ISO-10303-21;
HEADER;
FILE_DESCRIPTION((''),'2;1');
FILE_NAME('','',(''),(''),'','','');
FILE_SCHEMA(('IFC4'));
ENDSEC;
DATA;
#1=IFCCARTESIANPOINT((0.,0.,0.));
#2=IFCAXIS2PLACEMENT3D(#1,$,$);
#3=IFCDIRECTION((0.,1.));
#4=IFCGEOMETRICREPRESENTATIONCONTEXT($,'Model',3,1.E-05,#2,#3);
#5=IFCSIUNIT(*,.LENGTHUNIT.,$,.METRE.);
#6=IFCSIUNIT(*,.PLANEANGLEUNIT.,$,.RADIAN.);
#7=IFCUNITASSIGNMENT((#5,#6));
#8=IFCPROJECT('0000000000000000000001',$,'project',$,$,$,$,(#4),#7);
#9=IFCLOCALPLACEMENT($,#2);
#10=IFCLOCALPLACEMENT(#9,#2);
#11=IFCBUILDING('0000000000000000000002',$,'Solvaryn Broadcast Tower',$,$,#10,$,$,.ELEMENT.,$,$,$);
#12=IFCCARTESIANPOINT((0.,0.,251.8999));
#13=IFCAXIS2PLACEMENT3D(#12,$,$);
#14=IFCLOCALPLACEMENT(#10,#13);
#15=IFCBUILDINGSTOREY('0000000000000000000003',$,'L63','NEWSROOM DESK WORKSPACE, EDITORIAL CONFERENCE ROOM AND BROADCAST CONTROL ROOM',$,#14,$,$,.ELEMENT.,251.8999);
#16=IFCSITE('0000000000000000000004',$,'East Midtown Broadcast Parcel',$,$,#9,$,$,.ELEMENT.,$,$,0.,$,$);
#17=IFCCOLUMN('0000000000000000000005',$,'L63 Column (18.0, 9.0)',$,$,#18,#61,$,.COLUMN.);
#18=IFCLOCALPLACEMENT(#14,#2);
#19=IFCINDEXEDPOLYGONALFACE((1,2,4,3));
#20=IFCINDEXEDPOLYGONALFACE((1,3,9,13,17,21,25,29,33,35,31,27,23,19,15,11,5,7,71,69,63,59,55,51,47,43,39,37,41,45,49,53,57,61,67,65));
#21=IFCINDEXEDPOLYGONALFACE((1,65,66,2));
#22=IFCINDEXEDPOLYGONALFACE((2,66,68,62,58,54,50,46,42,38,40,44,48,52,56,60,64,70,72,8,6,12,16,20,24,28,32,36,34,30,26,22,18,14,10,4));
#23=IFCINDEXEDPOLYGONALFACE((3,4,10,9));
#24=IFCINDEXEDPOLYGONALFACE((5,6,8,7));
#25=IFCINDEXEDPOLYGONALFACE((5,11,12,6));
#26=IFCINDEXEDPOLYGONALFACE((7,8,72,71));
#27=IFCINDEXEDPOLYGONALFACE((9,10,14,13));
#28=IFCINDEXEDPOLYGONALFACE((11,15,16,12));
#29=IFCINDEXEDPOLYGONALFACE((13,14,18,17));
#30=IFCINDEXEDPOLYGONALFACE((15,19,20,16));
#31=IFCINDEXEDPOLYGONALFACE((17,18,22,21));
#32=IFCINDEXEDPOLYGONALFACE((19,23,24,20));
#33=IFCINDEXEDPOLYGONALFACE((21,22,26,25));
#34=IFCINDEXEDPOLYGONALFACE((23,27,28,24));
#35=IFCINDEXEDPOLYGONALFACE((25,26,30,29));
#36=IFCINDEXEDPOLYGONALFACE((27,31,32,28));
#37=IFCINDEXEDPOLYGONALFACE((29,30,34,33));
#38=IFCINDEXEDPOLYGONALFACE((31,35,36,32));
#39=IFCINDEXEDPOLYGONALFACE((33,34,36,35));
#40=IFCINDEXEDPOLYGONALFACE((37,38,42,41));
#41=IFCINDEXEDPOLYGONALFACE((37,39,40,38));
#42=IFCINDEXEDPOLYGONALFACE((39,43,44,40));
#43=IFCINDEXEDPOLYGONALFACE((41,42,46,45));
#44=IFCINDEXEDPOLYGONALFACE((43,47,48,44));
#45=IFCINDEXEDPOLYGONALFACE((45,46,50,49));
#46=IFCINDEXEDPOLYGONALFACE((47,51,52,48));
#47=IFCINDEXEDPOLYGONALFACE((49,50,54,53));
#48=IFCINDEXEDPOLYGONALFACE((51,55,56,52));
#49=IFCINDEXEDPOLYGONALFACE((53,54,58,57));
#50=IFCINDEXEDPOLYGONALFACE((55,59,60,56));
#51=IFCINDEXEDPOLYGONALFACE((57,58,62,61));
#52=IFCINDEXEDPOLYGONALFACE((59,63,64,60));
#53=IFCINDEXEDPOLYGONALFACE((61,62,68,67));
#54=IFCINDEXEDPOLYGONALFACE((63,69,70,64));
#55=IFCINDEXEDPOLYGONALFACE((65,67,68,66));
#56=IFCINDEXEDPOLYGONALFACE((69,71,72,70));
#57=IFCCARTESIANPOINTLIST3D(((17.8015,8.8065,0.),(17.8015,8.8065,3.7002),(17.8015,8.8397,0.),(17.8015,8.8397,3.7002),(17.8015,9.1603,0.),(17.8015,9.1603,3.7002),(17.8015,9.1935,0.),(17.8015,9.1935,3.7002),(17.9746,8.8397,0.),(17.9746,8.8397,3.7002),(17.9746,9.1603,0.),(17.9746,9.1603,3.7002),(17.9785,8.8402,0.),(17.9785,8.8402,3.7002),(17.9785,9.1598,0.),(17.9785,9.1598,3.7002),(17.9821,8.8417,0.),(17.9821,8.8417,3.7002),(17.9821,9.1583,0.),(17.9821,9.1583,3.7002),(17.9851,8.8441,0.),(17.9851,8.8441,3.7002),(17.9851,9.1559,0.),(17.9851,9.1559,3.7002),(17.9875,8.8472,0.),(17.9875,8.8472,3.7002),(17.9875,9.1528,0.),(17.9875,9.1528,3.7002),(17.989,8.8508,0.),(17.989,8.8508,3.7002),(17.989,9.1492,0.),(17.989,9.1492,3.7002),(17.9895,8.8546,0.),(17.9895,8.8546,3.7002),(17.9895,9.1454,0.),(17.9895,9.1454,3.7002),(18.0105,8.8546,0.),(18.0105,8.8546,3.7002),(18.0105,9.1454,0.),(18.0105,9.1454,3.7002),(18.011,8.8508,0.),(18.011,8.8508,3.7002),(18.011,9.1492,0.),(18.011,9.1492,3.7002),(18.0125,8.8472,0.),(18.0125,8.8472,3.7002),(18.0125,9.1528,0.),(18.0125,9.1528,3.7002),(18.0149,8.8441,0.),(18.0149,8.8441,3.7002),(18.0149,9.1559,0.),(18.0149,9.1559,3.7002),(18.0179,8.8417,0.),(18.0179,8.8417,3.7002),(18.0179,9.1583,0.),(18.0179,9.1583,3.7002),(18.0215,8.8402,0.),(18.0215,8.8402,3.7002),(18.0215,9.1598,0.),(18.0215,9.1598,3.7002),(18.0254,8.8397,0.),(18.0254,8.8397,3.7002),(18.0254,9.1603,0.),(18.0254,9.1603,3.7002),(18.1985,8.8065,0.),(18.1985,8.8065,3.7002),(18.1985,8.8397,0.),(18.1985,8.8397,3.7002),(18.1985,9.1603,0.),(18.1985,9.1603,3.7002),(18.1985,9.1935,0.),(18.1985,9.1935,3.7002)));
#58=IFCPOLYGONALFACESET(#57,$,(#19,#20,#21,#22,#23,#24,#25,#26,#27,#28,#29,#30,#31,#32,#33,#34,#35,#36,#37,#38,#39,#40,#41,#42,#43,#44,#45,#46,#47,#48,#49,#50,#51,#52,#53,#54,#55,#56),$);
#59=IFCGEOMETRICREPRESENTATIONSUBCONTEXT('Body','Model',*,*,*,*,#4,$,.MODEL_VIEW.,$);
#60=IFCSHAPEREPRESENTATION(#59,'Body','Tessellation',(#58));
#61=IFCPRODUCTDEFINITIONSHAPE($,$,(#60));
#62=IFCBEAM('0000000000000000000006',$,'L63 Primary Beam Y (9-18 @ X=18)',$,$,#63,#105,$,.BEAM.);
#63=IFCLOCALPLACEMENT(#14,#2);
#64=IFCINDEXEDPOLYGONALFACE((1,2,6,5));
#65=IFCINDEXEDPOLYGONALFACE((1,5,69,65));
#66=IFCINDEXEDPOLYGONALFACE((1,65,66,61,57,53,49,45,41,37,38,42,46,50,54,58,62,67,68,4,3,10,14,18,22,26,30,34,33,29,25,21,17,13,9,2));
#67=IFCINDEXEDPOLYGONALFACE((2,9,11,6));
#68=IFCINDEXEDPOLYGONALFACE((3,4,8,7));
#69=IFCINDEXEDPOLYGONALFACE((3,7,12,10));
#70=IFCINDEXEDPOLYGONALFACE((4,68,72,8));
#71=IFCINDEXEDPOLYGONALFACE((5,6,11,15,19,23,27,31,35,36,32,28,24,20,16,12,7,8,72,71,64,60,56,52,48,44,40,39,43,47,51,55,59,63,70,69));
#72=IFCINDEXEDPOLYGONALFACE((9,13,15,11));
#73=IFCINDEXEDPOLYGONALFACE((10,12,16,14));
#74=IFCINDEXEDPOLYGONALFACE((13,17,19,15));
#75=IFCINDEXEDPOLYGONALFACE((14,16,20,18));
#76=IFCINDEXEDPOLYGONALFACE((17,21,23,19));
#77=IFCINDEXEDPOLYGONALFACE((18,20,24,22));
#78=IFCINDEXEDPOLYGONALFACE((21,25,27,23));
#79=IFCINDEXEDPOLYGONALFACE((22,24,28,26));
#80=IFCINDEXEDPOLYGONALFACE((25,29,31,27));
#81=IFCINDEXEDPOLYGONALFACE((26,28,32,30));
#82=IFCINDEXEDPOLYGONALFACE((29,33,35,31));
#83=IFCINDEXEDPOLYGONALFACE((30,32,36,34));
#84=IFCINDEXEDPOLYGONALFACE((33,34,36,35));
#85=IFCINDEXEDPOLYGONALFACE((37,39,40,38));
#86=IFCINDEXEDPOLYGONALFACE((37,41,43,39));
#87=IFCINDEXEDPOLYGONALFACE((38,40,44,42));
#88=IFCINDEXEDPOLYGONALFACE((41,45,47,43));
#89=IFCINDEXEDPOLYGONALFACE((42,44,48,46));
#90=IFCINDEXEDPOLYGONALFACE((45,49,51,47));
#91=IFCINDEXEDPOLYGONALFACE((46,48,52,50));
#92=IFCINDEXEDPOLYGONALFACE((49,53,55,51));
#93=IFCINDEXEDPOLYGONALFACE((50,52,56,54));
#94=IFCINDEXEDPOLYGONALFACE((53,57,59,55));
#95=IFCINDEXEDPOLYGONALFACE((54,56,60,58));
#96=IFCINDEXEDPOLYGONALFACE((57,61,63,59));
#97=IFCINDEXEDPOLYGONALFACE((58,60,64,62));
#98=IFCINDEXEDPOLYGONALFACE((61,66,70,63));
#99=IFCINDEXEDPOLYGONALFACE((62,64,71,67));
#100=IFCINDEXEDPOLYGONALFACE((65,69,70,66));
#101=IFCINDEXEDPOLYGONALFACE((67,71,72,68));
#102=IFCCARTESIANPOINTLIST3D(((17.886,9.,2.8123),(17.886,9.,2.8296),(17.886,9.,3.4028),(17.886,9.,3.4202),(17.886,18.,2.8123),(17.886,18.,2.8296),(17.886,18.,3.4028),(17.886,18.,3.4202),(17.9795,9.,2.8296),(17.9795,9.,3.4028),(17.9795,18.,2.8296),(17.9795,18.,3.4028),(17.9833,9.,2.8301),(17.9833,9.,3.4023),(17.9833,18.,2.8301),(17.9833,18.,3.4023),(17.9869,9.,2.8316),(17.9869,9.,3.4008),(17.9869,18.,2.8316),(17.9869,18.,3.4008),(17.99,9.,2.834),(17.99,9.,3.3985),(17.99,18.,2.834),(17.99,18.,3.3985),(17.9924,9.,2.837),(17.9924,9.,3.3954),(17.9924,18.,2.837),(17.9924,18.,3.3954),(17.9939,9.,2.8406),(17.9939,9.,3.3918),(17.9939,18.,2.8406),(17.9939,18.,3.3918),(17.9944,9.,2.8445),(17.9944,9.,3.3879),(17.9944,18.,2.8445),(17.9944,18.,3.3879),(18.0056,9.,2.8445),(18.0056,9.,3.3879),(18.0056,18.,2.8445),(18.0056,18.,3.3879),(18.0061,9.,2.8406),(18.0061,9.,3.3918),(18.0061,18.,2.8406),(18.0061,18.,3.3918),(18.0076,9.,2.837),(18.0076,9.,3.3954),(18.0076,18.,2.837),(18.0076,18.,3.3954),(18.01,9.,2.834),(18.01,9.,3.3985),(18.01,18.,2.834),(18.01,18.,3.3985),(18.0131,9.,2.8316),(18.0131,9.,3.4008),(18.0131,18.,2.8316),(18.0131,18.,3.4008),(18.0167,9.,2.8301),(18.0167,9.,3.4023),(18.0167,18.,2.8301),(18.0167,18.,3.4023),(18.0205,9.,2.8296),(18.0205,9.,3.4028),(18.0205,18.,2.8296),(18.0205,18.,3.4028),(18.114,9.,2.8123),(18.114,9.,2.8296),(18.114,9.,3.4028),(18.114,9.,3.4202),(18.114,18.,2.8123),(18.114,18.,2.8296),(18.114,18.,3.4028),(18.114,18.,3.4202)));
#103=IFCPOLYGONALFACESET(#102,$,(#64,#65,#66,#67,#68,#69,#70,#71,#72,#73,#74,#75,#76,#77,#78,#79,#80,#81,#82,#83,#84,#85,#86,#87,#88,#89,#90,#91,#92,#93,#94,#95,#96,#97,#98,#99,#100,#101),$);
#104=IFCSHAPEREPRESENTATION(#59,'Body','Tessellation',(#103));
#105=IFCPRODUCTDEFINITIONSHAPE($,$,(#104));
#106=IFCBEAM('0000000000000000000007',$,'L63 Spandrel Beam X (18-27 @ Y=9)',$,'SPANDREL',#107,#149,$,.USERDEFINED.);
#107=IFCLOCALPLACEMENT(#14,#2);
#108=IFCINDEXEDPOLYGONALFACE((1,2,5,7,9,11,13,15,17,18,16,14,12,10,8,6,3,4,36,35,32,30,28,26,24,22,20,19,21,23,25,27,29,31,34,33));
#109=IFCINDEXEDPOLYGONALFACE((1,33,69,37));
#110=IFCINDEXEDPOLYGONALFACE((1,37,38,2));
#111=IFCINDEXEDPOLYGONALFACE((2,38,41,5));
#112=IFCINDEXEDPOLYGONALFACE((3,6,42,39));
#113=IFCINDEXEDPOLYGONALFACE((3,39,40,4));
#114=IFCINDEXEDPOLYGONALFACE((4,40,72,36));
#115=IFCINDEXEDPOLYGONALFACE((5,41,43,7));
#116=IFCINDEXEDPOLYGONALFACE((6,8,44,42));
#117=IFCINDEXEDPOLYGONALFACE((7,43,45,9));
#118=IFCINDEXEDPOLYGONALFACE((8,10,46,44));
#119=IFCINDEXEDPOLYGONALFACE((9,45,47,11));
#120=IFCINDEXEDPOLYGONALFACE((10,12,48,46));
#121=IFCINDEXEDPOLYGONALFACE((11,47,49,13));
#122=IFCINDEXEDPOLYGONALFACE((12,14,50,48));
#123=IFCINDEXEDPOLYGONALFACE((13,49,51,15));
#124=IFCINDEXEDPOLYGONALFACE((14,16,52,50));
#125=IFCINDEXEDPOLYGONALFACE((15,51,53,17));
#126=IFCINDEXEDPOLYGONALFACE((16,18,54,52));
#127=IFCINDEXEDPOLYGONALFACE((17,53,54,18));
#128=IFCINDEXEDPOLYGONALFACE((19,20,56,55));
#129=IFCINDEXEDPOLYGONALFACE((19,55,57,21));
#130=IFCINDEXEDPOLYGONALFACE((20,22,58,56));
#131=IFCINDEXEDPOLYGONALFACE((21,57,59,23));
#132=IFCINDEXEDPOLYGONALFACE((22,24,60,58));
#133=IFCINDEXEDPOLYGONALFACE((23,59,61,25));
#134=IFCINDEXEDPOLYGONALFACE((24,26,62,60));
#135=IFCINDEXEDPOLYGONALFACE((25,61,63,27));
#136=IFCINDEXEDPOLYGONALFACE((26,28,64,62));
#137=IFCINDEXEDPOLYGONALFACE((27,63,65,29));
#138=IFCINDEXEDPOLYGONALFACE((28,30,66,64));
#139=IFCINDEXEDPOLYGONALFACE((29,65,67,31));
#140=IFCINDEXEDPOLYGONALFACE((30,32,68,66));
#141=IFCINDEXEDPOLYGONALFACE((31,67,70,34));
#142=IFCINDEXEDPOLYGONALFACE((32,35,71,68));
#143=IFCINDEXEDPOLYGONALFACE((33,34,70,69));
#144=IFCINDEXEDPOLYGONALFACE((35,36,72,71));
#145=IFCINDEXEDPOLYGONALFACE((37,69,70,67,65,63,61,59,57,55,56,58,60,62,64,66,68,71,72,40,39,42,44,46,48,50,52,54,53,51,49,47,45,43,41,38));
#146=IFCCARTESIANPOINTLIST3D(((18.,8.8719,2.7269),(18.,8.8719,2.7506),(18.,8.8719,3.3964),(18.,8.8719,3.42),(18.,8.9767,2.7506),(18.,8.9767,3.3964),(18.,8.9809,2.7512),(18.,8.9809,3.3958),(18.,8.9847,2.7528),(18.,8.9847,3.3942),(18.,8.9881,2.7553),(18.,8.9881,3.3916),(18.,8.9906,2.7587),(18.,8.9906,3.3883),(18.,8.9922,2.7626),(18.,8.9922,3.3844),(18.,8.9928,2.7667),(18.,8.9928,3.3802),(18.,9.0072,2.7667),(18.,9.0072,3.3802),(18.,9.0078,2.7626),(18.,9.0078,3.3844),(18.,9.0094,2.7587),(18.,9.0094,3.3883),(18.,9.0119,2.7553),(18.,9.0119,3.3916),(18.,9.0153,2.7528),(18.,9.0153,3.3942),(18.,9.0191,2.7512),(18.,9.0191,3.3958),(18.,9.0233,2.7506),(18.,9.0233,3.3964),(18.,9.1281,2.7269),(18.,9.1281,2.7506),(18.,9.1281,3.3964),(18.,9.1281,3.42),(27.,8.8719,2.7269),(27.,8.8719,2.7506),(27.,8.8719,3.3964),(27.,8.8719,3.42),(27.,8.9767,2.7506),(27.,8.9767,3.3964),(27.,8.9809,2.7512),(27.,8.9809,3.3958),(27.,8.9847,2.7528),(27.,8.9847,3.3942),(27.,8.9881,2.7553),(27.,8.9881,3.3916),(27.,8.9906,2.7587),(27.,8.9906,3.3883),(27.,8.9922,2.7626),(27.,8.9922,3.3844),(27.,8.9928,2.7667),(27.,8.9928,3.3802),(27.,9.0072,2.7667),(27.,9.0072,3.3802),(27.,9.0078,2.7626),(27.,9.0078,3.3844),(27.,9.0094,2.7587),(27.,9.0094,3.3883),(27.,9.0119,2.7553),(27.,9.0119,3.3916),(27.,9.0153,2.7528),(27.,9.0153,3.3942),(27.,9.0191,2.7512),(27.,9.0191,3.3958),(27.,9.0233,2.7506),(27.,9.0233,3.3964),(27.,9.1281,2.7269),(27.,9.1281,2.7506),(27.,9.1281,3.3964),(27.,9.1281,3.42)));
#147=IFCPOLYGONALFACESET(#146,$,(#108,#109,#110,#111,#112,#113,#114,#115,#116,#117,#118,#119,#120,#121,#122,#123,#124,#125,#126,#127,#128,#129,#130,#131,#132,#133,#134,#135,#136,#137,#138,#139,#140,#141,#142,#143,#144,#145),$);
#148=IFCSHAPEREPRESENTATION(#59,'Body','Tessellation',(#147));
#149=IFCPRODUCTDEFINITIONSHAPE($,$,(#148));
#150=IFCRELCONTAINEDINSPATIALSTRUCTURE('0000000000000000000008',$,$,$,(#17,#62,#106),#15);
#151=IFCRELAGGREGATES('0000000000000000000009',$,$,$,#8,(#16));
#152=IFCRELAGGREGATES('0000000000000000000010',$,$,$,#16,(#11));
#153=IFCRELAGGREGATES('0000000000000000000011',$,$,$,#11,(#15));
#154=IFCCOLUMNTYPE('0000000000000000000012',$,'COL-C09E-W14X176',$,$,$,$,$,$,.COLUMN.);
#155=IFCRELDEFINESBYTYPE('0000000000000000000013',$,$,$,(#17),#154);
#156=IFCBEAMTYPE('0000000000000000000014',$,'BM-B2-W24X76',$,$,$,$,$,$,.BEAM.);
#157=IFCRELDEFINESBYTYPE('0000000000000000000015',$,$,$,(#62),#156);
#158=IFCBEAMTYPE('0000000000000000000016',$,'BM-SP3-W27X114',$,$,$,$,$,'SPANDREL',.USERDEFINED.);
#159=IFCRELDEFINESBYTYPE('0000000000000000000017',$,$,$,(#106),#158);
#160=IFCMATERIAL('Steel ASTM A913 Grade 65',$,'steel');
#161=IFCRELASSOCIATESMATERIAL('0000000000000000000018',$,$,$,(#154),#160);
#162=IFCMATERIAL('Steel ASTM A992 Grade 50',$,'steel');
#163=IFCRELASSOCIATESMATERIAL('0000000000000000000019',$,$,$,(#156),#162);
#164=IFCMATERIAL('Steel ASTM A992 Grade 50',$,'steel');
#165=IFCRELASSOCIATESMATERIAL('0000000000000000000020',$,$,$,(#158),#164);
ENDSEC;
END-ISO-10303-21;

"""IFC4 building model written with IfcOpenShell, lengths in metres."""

from ifc_helpers import new_model, si_unit, direction, frame, origin, origin_2d, place, context, subcontext, project, spatial, i_section, extrude, material, material_profile, profile_set, type_object, element, save


model = new_model("IFC4")

# Units and contexts
model_context = context("Model", 3, precision=1e-05, world=origin(), true_north=direction((0.0, 1.0)))
body_context = subcontext(model_context, "Body", "Model", "MODEL_VIEW")
ifc_project = project(units=[si_unit("LENGTHUNIT", "METRE"), si_unit("PLANEANGLEUNIT", "RADIAN")], contexts=[model_context])

# Site, building, storey
site_placement = place(None, origin())
site = spatial("IfcSite", under=ifc_project, at=site_placement, Name="East Midtown Broadcast Parcel", CompositionType="ELEMENT", RefElevation=0.0)
building_placement = place(site_placement, origin())
building = spatial("IfcBuilding", under=site, at=building_placement, Name="Solvaryn Broadcast Tower", CompositionType="ELEMENT")
storey_placement = place(building_placement, frame((0.0, 0.0, 251.8999)))
storey = spatial("IfcBuildingStorey", under=building, at=storey_placement, Name="L63", Description="NEWSROOM DESK WORKSPACE, EDITORIAL CONFERENCE ROOM AND BROADCAST CONTROL ROOM", CompositionType="ELEMENT", Elevation=251.8999)

# Column
ifc_material_1 = material(Name="Steel ASTM A913 Grade 65", Category="steel")
ifc_material_profile_1 = material_profile(ifc_material_1, i_section(OverallWidth=0.397, OverallDepth=0.387, WebThickness=0.021, FlangeThickness=0.0332, FilletRadius=0.0149, at=origin_2d()))
ifc_profile_set_1 = profile_set([ifc_material_profile_1], Name="Steel ASTM A913 Grade 65")
column_type = type_object("IfcColumnType", Name="COL-C09E-W14X176", PredefinedType="COLUMN", material=ifc_profile_set_1)
column_placement = place(storey_placement, frame((18.0, 9.0, 0.0), z_axis=(0.0, 0.0, 1.0), x_axis=(1.0, 0.0, 0.0)))
element("IfcColumn", 1, at=column_placement, inside=storey, type_object=column_type, Name="L63 Column (18.0, 9.0)", PredefinedType="COLUMN", context=body_context, shape_type="SweptSolid", body=[
    extrude(i_section(OverallWidth=0.397, OverallDepth=0.387, WebThickness=0.021, FlangeThickness=0.0332, FilletRadius=0.0149, at=origin_2d()), origin(), (0.0, 0.0, 1.0), 3.7002),
])

# Beams
ifc_material_2 = material(Name="Steel ASTM A992 Grade 50", Category="steel")
ifc_material_profile_2 = material_profile(ifc_material_2, i_section(OverallWidth=0.228, OverallDepth=0.6079, WebThickness=0.0112, FlangeThickness=0.0173, FilletRadius=0.0149, at=origin_2d()))
ifc_profile_set_2 = profile_set([ifc_material_profile_2], Name="Steel ASTM A992 Grade 50")
beam_type_1 = type_object("IfcBeamType", Name="BM-B2-W24X76", PredefinedType="BEAM", material=ifc_profile_set_2)
beam_1_placement = place(storey_placement, frame((18.0, 9.0, 3.1162), z_axis=(0.0, 1.0, 0.0), x_axis=(-1.0, 0.0, 0.0)))
element("IfcBeam", 2, at=beam_1_placement, inside=storey, type_object=beam_type_1, Name="L63 Primary Beam Y (9-18 @ X=18)", PredefinedType="BEAM", context=body_context, shape_type="SweptSolid", body=[
    extrude(i_section(OverallWidth=0.228, OverallDepth=0.6079, WebThickness=0.0112, FlangeThickness=0.0173, FilletRadius=0.0149, at=origin_2d()), origin(), (0.0, 0.0, 1.0), 9.0),
])
ifc_material_3 = material(Name="Steel ASTM A992 Grade 50", Category="steel")
ifc_material_profile_3 = material_profile(ifc_material_3, i_section(OverallWidth=0.2561, OverallDepth=0.6931, WebThickness=0.0144, FlangeThickness=0.0237, FilletRadius=0.0161, at=origin_2d()))
ifc_profile_set_3 = profile_set([ifc_material_profile_3], Name="Steel ASTM A992 Grade 50")
beam_type_2 = type_object("IfcBeamType", Name="BM-SP3-W27X114", ElementType="SPANDREL", PredefinedType="USERDEFINED", material=ifc_profile_set_3)
beam_2_placement = place(storey_placement, frame((18.0, 9.0, 3.0735), z_axis=(1.0, 0.0, 0.0), x_axis=(0.0, 1.0, 0.0)))
element("IfcBeam", 3, at=beam_2_placement, inside=storey, type_object=beam_type_2, Name="L63 Spandrel Beam X (18-27 @ Y=9)", ObjectType="SPANDREL", PredefinedType="USERDEFINED", context=body_context, shape_type="SweptSolid", body=[
    extrude(i_section(OverallWidth=0.2561, OverallDepth=0.6931, WebThickness=0.0144, FlangeThickness=0.0237, FilletRadius=0.0161, at=origin_2d()), origin(), (0.0, 0.0, 1.0), 9.0),
])

save(model, "model.ifc")
